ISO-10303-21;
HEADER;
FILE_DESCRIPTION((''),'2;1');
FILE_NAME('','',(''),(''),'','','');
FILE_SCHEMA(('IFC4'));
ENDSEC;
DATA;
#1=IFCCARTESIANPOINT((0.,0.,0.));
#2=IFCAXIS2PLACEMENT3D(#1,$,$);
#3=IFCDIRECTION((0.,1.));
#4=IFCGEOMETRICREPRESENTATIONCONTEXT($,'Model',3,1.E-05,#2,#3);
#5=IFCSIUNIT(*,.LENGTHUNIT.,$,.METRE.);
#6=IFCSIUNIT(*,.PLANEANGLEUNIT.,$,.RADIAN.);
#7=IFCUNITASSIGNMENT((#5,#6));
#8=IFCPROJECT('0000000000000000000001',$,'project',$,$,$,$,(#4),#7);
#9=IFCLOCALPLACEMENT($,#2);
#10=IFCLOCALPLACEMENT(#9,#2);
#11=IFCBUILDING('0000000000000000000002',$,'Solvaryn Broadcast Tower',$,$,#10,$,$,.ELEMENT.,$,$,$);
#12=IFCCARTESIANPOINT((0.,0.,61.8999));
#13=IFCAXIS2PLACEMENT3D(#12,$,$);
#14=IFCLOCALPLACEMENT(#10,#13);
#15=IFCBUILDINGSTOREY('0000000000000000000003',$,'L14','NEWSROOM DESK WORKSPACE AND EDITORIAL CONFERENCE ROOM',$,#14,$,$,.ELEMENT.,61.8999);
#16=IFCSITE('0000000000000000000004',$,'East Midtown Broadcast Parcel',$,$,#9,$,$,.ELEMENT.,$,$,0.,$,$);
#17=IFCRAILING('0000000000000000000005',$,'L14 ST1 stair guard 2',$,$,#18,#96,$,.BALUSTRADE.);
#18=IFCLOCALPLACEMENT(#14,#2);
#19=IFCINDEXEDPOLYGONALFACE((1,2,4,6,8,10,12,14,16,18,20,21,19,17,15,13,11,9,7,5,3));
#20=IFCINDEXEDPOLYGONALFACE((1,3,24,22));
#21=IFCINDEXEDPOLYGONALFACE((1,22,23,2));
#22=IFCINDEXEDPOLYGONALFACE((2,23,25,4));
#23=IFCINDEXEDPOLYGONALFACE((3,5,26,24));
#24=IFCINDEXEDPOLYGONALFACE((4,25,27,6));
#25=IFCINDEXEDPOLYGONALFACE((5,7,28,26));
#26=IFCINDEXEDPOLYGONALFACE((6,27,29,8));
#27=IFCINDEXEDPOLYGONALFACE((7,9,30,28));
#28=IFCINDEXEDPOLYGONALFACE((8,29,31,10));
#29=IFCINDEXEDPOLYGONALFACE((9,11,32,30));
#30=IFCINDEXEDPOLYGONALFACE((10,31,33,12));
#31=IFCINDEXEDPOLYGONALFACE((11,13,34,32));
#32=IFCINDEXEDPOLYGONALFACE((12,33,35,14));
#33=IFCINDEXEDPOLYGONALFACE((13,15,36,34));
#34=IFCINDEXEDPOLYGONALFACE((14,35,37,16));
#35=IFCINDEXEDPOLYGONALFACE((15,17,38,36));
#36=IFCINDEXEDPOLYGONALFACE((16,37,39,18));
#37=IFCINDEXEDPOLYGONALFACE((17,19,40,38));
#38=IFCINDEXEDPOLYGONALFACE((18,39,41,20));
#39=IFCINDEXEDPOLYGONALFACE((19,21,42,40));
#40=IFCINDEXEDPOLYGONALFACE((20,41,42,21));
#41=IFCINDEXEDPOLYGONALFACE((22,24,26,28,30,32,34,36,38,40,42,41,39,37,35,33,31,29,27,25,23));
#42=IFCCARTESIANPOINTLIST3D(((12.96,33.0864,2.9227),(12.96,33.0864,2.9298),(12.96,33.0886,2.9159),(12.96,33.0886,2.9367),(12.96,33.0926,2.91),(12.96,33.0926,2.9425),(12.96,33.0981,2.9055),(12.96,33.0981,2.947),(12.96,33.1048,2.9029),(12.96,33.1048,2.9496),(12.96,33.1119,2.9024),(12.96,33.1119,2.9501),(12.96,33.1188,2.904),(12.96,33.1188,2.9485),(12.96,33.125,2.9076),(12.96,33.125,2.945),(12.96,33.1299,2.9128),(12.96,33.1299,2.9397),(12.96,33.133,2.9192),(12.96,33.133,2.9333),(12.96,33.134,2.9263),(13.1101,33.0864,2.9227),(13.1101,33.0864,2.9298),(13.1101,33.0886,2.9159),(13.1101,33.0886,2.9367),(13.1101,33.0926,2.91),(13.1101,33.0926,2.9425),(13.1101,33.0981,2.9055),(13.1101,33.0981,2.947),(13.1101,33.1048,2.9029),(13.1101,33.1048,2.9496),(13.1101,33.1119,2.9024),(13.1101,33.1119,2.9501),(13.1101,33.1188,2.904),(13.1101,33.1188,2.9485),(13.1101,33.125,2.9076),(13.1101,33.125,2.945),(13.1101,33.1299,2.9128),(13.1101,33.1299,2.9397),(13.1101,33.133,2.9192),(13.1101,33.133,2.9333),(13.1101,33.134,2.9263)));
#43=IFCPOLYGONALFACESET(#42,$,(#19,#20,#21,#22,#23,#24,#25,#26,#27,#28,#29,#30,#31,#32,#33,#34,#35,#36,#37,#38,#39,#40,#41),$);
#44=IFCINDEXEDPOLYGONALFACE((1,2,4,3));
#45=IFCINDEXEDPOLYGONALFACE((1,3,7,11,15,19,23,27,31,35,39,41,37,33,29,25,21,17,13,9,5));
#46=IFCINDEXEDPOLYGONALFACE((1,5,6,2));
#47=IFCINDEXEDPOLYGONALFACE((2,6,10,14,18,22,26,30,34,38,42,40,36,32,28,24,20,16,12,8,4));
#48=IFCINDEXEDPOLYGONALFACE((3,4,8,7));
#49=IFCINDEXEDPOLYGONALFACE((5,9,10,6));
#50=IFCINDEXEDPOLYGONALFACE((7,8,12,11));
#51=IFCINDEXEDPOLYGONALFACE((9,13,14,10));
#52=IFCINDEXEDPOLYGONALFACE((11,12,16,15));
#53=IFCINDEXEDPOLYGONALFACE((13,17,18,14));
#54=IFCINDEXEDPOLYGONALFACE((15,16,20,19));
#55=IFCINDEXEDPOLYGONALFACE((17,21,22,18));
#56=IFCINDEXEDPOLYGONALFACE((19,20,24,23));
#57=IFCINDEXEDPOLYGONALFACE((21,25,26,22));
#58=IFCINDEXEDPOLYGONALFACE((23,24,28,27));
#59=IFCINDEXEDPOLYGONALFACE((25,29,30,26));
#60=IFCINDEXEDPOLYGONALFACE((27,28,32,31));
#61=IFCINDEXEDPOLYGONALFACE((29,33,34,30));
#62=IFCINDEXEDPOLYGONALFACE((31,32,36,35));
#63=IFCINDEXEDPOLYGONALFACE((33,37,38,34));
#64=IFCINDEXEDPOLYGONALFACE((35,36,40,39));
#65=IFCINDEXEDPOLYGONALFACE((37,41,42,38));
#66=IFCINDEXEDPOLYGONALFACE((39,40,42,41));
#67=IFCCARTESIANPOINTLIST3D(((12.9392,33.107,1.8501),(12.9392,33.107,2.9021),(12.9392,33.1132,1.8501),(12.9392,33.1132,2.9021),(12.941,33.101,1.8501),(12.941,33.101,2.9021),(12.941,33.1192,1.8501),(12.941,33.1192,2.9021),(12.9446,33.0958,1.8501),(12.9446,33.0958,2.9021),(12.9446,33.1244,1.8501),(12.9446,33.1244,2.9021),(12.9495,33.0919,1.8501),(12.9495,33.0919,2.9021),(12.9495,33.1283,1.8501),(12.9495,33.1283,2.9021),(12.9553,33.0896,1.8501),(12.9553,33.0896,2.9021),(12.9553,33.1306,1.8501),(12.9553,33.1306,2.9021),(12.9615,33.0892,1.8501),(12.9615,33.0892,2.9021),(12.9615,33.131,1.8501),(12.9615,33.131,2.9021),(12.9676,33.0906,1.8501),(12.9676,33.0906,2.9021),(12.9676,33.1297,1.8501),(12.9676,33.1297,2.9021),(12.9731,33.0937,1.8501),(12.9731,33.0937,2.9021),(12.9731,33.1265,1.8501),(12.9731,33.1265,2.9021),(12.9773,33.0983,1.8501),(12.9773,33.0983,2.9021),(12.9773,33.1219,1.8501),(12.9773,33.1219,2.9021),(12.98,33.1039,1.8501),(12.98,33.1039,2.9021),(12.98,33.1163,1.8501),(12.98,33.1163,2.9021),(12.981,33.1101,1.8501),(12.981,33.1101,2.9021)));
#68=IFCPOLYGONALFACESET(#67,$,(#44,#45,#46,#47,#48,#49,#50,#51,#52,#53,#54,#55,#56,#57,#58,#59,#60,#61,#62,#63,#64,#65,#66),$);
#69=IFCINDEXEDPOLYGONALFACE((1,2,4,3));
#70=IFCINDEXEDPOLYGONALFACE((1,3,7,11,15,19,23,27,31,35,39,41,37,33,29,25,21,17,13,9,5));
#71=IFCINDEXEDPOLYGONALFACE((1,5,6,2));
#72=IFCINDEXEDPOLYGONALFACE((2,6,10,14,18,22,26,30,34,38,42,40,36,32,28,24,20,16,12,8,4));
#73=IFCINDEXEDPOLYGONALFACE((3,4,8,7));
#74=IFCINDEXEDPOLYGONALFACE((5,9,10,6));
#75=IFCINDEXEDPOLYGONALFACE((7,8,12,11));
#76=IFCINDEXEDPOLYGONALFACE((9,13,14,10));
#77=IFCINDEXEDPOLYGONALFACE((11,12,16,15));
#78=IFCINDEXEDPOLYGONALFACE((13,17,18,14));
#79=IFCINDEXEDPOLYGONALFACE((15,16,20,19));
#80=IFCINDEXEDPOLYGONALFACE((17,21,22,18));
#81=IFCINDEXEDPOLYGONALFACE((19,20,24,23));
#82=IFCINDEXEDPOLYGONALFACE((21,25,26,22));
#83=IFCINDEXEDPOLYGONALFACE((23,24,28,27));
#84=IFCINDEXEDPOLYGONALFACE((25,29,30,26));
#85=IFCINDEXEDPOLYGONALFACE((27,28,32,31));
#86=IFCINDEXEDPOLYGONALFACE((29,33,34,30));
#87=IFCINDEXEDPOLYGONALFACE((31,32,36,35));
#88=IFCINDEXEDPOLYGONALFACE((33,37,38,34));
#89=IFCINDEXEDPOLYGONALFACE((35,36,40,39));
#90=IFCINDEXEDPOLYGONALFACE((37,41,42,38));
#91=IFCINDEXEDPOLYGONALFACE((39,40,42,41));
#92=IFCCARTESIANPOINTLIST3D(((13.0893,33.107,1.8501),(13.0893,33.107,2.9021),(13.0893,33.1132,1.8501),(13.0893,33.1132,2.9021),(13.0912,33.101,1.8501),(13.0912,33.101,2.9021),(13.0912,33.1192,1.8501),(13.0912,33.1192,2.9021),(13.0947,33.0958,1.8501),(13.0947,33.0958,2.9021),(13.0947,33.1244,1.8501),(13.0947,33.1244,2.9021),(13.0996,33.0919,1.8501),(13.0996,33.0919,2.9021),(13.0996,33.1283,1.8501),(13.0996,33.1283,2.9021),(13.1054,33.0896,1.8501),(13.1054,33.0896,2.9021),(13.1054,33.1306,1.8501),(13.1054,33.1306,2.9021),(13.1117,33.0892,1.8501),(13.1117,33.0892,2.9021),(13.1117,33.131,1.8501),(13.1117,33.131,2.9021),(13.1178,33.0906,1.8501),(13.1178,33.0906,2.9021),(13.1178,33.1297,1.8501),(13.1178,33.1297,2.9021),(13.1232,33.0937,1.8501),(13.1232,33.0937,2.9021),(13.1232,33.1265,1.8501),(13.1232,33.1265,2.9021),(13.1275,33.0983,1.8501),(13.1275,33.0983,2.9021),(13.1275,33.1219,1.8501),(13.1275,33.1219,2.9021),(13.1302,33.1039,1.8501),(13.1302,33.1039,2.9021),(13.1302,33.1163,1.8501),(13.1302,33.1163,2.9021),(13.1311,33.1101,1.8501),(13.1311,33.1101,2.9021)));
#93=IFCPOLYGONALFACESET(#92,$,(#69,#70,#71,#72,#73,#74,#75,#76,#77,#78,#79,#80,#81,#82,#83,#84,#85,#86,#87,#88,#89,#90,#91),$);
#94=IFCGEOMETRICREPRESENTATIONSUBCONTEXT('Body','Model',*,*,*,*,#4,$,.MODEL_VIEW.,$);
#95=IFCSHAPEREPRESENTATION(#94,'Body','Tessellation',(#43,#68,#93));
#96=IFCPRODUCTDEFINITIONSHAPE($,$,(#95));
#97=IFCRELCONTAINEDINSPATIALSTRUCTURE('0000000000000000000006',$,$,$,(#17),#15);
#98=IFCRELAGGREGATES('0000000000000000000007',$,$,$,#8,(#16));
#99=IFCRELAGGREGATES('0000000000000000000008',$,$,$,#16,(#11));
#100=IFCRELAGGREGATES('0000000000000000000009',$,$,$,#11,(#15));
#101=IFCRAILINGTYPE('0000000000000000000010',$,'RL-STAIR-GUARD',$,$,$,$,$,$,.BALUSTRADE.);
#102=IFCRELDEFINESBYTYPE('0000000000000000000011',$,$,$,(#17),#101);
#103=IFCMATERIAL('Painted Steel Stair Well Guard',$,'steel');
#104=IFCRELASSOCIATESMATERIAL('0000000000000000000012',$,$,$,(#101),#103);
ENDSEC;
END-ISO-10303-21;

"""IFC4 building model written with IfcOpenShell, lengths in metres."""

from ifc_helpers import new_model, si_unit, direction, frame, origin, origin_2d, place, context, subcontext, project, spatial, circle, extrude, material, type_object, element, save


model = new_model("IFC4")

# Units and contexts
model_context = context("Model", 3, precision=1e-05, world=origin(), true_north=direction((0.0, 1.0)))
body_context = subcontext(model_context, "Body", "Model", "MODEL_VIEW")
ifc_project = project(units=[si_unit("LENGTHUNIT", "METRE"), si_unit("PLANEANGLEUNIT", "RADIAN")], contexts=[model_context])

# Site, building, storey
site_placement = place(None, origin())
site = spatial("IfcSite", under=ifc_project, at=site_placement, Name="East Midtown Broadcast Parcel", CompositionType="ELEMENT", RefElevation=0.0)
building_placement = place(site_placement, origin())
building = spatial("IfcBuilding", under=site, at=building_placement, Name="Solvaryn Broadcast Tower", CompositionType="ELEMENT")
storey_placement = place(building_placement, frame((0.0, 0.0, 61.8999)))
storey = spatial("IfcBuildingStorey", under=building, at=storey_placement, Name="L14", Description="NEWSROOM DESK WORKSPACE AND EDITORIAL CONFERENCE ROOM", CompositionType="ELEMENT", Elevation=61.8999)

# Railing
ifc_material_1 = material(Name="Painted Steel Stair Well Guard", Category="steel")
railing_type_1 = type_object("IfcRailingType", Name="RL-STAIR-GUARD", PredefinedType="BALUSTRADE", material=ifc_material_1)
railing_1_placement = place(storey_placement, frame((12.96, 33.1101, 1.8501)))
element("IfcRailing", 1, at=railing_1_placement, inside=storey, type_object=railing_type_1, Name="L14 ST1 stair guard 2", PredefinedType="BALUSTRADE", context=body_context, shape_type="SweptSolid", body=[
    extrude(circle(Radius=0.0239, at=origin_2d()), frame((0.0, 0.0, 1.0762), z_axis=(1.0, 0.0, 0.0), x_axis=(0.0, 1.0, 0.0)), (0.0, 0.0, 1.0), 0.1501),
    extrude(circle(Radius=0.021, at=origin_2d()), origin(), (0.0, 0.0, 1.0), 1.052),
    extrude(circle(Radius=0.021, at=origin_2d()), frame((0.1501, 0.0, 0.0)), (0.0, 0.0, 1.0), 1.052),
])

save(model, "model.ifc")
